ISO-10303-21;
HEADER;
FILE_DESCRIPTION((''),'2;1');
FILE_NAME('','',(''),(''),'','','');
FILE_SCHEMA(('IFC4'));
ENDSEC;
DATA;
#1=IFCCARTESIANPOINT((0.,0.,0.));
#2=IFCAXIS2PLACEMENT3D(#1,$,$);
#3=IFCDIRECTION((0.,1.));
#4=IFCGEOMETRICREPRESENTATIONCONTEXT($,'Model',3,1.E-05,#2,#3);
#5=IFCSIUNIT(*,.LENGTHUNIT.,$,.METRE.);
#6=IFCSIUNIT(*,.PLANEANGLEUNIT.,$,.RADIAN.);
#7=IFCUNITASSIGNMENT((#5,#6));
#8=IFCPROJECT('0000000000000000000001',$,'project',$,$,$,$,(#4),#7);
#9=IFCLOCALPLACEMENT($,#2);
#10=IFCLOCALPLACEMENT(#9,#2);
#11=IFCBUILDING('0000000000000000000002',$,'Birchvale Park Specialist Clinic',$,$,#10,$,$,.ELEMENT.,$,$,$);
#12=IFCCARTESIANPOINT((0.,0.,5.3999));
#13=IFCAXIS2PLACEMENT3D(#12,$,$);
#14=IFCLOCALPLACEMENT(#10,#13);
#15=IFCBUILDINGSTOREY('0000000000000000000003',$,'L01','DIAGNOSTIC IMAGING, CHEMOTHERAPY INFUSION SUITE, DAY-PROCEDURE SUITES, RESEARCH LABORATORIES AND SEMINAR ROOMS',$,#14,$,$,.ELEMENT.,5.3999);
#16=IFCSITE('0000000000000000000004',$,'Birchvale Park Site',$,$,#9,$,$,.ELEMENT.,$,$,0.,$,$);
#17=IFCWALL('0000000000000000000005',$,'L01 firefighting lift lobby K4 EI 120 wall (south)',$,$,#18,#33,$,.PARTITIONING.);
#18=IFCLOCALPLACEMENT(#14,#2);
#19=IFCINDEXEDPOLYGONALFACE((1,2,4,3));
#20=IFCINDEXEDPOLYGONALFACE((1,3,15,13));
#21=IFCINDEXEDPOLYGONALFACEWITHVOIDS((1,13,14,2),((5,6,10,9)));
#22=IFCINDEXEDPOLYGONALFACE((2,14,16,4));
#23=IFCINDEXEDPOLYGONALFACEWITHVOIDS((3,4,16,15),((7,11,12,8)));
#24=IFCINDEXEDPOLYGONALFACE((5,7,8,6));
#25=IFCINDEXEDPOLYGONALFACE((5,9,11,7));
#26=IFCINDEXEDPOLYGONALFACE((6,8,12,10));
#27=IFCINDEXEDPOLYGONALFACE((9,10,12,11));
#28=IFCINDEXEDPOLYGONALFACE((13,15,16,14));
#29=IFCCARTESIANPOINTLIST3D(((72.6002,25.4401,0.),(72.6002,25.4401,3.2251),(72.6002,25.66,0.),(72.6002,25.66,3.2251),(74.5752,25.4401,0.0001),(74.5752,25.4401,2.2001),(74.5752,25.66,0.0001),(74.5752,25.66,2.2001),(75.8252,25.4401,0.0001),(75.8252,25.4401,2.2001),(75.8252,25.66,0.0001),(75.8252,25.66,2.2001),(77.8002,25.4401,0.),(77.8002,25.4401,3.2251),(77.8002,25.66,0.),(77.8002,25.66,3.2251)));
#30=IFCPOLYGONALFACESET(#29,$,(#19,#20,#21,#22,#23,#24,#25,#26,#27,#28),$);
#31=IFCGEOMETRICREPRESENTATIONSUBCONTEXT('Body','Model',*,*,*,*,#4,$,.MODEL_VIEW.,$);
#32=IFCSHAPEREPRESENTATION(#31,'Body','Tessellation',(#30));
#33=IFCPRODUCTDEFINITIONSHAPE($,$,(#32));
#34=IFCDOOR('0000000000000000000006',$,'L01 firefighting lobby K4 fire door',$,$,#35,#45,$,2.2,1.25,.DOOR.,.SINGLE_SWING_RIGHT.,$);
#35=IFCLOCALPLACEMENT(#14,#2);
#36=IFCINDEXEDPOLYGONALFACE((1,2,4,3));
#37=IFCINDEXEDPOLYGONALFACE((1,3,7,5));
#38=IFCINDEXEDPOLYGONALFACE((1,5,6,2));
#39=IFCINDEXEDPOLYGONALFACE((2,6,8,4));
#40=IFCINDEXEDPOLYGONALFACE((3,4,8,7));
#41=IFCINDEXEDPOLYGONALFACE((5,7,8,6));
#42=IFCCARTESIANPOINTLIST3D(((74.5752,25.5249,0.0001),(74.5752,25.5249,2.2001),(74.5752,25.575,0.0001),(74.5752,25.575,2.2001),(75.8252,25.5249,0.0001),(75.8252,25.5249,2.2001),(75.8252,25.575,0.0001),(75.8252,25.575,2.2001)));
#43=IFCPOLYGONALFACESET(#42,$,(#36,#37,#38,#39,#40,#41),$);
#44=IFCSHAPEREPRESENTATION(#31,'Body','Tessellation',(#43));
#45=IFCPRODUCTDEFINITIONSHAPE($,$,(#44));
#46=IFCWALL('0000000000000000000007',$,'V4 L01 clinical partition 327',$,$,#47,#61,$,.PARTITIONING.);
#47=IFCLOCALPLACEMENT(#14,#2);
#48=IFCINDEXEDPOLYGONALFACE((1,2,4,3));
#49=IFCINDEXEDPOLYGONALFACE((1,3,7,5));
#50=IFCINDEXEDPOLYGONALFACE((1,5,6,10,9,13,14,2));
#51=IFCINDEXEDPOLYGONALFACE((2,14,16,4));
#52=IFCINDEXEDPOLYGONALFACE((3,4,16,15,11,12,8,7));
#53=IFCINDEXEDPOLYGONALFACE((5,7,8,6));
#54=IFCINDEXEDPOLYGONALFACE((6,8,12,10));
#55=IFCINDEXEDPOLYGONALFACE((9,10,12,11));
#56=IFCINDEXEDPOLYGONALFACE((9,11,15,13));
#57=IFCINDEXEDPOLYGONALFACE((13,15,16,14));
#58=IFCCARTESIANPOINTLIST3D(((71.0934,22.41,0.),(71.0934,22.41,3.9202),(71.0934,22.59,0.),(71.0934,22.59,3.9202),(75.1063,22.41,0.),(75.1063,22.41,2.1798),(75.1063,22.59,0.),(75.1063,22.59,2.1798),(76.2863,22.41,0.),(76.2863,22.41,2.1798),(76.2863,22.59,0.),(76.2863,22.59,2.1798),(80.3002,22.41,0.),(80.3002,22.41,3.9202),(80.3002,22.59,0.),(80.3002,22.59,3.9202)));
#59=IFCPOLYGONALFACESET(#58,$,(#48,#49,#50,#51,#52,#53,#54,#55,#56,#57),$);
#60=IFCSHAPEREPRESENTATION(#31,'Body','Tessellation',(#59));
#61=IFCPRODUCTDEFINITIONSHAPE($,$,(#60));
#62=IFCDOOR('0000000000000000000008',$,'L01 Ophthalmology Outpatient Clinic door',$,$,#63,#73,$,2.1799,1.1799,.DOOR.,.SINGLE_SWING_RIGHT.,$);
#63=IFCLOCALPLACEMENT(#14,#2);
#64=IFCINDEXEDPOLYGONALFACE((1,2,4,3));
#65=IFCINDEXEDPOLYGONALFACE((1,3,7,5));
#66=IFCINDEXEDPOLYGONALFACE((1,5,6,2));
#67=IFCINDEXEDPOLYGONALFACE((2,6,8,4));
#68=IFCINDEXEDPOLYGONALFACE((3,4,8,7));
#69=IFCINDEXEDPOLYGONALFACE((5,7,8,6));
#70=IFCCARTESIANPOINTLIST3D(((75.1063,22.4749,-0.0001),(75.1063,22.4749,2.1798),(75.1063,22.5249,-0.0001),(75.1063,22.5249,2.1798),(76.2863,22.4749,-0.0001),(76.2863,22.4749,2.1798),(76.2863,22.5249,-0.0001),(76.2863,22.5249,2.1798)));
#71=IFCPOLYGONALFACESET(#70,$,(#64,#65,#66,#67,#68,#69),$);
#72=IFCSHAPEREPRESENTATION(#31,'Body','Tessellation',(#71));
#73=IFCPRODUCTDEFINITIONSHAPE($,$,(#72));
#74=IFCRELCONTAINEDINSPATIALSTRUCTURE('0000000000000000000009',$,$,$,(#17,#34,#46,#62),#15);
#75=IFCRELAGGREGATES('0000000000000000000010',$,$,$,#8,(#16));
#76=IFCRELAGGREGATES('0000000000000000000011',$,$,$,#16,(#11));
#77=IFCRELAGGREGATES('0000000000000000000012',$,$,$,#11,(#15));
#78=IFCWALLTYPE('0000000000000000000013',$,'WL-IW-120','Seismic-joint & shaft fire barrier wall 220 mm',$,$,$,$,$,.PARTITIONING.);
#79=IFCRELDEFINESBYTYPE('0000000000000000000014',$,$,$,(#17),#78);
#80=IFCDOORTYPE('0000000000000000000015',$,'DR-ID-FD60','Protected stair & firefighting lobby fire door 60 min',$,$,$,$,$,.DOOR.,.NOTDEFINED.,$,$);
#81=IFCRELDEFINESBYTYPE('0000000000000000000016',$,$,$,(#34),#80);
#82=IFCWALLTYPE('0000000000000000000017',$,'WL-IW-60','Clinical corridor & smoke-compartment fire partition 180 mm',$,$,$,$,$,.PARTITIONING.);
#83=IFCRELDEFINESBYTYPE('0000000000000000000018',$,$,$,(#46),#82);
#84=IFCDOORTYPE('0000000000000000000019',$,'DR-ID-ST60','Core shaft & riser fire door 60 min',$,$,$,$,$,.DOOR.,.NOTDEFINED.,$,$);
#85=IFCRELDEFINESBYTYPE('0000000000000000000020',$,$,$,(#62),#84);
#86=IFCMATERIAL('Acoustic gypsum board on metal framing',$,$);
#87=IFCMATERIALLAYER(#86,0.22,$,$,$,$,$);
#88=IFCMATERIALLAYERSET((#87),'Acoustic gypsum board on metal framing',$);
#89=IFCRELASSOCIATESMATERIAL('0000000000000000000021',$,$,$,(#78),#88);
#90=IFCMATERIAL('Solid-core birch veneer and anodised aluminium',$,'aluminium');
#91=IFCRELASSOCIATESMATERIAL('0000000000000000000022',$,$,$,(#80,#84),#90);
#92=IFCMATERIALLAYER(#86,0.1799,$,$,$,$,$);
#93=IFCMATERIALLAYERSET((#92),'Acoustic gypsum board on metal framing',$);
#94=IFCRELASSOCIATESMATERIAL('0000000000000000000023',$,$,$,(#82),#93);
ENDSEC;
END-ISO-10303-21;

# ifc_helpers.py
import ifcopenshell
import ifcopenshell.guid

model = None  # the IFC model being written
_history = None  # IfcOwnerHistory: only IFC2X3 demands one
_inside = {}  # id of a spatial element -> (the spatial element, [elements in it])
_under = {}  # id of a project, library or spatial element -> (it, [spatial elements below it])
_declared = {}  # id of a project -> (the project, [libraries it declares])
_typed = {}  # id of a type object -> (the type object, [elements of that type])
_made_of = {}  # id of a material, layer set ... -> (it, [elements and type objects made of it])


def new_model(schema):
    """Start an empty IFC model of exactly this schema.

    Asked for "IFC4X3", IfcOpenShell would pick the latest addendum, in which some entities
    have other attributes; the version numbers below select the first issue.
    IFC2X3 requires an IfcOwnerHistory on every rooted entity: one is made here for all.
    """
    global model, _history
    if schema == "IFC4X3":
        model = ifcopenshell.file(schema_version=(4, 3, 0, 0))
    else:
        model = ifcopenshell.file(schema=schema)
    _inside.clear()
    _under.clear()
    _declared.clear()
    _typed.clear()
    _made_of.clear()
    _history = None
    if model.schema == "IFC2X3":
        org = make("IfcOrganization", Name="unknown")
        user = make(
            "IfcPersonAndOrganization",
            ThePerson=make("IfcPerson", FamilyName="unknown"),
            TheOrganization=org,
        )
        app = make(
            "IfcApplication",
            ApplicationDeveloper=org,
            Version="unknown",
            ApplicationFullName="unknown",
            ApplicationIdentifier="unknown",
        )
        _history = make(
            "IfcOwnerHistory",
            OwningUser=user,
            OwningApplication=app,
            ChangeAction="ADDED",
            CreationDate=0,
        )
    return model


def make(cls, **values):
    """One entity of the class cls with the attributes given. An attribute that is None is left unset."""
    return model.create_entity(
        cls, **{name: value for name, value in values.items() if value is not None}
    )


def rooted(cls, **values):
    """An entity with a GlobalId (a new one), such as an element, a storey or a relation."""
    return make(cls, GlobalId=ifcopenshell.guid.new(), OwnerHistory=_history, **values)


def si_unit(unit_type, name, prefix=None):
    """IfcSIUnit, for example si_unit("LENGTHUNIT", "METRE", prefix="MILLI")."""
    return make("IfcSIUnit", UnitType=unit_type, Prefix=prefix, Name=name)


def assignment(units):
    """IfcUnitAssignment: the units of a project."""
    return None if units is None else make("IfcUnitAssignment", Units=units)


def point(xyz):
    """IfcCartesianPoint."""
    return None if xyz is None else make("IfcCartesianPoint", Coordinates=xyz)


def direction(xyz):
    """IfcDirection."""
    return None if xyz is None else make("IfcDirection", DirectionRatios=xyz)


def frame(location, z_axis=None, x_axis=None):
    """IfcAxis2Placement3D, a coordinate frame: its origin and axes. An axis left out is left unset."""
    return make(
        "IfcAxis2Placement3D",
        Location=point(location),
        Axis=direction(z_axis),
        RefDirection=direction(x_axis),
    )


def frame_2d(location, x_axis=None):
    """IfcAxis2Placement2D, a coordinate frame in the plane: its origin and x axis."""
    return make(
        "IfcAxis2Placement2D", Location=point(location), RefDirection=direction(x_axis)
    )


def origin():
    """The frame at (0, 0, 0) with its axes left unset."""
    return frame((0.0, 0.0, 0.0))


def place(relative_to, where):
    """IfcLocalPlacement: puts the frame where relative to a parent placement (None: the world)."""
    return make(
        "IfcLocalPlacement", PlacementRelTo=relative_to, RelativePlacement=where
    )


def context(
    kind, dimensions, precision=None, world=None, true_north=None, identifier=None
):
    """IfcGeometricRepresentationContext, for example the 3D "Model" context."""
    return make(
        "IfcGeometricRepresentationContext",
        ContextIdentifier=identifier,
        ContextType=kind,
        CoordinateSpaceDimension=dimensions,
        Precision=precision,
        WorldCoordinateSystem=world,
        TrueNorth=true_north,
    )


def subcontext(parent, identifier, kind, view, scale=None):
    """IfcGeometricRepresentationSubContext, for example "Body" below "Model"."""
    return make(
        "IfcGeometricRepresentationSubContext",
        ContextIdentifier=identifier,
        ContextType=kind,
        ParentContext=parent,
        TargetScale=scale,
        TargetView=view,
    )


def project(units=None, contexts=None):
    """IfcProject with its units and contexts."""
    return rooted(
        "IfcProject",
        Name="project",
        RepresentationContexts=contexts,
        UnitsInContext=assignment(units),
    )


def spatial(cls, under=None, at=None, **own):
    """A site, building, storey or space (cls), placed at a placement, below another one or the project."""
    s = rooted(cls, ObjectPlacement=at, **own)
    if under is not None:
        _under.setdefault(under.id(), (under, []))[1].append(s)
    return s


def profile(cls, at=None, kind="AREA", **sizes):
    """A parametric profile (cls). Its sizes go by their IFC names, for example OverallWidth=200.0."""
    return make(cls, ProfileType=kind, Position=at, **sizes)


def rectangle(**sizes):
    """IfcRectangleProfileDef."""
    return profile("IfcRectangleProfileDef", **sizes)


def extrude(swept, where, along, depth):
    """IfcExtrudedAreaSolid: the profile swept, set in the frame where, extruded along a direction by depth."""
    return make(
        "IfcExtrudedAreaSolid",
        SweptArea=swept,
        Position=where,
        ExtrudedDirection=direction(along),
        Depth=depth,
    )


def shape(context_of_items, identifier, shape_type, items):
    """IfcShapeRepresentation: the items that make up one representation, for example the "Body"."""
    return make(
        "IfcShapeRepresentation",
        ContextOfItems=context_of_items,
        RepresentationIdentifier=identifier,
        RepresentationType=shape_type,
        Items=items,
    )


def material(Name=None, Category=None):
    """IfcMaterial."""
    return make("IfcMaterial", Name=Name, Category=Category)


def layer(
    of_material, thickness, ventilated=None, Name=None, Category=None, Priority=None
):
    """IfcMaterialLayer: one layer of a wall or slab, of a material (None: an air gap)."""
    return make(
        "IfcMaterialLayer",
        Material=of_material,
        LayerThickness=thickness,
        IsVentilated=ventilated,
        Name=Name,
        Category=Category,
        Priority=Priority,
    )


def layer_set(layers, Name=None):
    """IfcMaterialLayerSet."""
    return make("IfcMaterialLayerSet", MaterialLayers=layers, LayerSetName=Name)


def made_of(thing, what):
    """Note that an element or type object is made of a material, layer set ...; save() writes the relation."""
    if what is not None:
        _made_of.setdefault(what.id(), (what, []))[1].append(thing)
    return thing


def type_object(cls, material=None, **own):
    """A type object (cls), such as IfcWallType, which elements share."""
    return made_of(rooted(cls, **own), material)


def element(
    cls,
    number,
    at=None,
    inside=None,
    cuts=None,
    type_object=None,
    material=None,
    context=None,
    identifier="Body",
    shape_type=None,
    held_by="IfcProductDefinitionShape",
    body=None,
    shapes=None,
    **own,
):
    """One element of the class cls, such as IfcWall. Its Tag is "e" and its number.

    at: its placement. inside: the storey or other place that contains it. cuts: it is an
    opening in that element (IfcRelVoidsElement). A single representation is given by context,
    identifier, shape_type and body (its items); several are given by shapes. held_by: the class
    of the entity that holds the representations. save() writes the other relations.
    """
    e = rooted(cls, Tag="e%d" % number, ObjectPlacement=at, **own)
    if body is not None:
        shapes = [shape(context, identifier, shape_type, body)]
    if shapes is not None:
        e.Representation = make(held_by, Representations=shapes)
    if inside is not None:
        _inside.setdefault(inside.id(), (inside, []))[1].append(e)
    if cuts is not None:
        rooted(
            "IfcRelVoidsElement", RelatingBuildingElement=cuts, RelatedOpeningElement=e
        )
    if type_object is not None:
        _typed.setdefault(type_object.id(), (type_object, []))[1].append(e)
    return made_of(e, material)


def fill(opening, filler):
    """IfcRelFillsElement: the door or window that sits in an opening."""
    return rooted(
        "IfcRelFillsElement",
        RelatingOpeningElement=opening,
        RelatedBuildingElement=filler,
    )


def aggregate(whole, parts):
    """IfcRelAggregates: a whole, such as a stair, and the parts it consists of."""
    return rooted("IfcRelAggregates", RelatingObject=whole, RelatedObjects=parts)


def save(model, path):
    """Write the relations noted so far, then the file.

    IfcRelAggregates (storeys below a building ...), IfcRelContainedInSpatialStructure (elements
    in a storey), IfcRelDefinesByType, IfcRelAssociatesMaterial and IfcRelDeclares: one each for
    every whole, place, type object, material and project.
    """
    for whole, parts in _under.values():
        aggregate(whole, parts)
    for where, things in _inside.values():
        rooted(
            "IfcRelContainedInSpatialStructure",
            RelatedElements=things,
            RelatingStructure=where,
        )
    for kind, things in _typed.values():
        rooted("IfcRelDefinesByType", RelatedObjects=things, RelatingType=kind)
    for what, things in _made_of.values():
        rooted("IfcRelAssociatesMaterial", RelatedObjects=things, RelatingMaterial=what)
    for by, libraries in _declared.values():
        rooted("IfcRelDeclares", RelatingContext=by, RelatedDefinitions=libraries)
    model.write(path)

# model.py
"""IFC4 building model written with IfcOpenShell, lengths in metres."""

from ifc_helpers import new_model, si_unit, direction, frame, frame_2d, origin, place, context, subcontext, project, spatial, rectangle, extrude, material, layer, layer_set, type_object, element, fill, save


model = new_model("IFC4")

# Units and contexts
model_context = context("Model", 3, precision=1e-05, world=origin(), true_north=direction((0.0, 1.0)))
body_context = subcontext(model_context, "Body", "Model", "MODEL_VIEW")
ifc_project = project(units=[si_unit("LENGTHUNIT", "METRE"), si_unit("PLANEANGLEUNIT", "RADIAN")], contexts=[model_context])

# Site, building, storey
site_placement = place(None, origin())
site = spatial("IfcSite", under=ifc_project, at=site_placement, Name="Birchvale Park Site", CompositionType="ELEMENT", RefElevation=0.0)
building_placement = place(site_placement, origin())
building = spatial("IfcBuilding", under=site, at=building_placement, Name="Birchvale Park Specialist Clinic", CompositionType="ELEMENT")
storey_placement = place(building_placement, frame((0.0, 0.0, 5.3999)))
storey = spatial("IfcBuildingStorey", under=building, at=storey_placement, Name="L01", Description="DIAGNOSTIC IMAGING, CHEMOTHERAPY INFUSION SUITE, DAY-PROCEDURE SUITES, RESEARCH LABORATORIES AND SEMINAR ROOMS", CompositionType="ELEMENT", Elevation=5.3999)

# Shared definitions
ifc_material_1 = material(Name="Solid-core birch veneer and anodised aluminium", Category="aluminium")

# Shared definitions
ifc_material_2 = material(Name="Acoustic gypsum board on metal framing")

# Walls, openings, doors
ifc_layer_1 = layer(ifc_material_2, 0.22)
ifc_layer_set_1 = layer_set([ifc_layer_1], Name="Acoustic gypsum board on metal framing")
wall_type_1 = type_object("IfcWallType", Name="WL-IW-120", Description="Seismic-joint & shaft fire barrier wall 220 mm", PredefinedType="PARTITIONING", material=ifc_layer_set_1)
wall_1_placement = place(storey_placement, frame((72.6001, 25.55, 0.0), z_axis=(0.0, 0.0, 1.0), x_axis=(1.0, 0.0, 0.0)))
wall_1 = element("IfcWall", 1, at=wall_1_placement, inside=storey, type_object=wall_type_1, Name="L01 firefighting lift lobby K4 EI 120 wall (south)", PredefinedType="PARTITIONING", context=body_context, shape_type="SweptSolid", body=[
    extrude(rectangle(XDim=5.2, YDim=0.22, at=frame_2d((2.6001, 0.0))), origin(), (0.0, 0.0, 1.0), 3.2251),
])
opening_1_placement = place(wall_1_placement, frame((1.9751, 0.0, 0.0)))
opening_1 = element("IfcOpeningElement", 2, at=opening_1_placement, cuts=wall_1, PredefinedType="OPENING", context=body_context, shape_type="SweptSolid", body=[
    extrude(rectangle(XDim=1.25, YDim=2.2, at=frame_2d((0.625, 1.1001))), frame((0.0, 0.1201, 0.0), z_axis=(0.0, -1.0, 0.0), x_axis=(1.0, 0.0, 0.0)), (0.0, 0.0, 1.0), 0.24),
])
door_type_1 = type_object("IfcDoorType", Name="DR-ID-FD60", Description="Protected stair & firefighting lobby fire door 60 min", OperationType="NOTDEFINED", PredefinedType="DOOR", material=ifc_material_1)
door_1_placement = place(opening_1_placement, origin())
door_1 = element("IfcDoor", 3, at=door_1_placement, inside=storey, type_object=door_type_1, Name="L01 firefighting lobby K4 fire door", OperationType="SINGLE_SWING_RIGHT", OverallHeight=2.2, OverallWidth=1.25, PredefinedType="DOOR", context=body_context, shape_type="SweptSolid", body=[
    extrude(rectangle(XDim=1.25, YDim=2.2, at=frame_2d((0.625, 1.1001))), frame((0.0, 0.0249, 0.0), z_axis=(0.0, -1.0, 0.0), x_axis=(1.0, 0.0, 0.0)), (0.0, 0.0, 1.0), 0.05),
])
fill(opening_1, door_1)
ifc_layer_2 = layer(ifc_material_2, 0.1799)
ifc_layer_set_2 = layer_set([ifc_layer_2], Name="Acoustic gypsum board on metal framing")
wall_type_2 = type_object("IfcWallType", Name="WL-IW-60", Description="Clinical corridor & smoke-compartment fire partition 180 mm", PredefinedType="PARTITIONING", material=ifc_layer_set_2)
wall_2_placement = place(storey_placement, frame((71.0933, 22.5, 0.0), z_axis=(0.0, 0.0, 1.0), x_axis=(1.0, 0.0, 0.0)))
wall_2 = element("IfcWall", 4, at=wall_2_placement, inside=storey, type_object=wall_type_2, Name="V4 L01 clinical partition 327", PredefinedType="PARTITIONING", context=body_context, shape_type="SweptSolid", body=[
    extrude(rectangle(XDim=9.2068, YDim=0.1799, at=frame_2d((4.6035, 0.0))), origin(), (0.0, 0.0, 1.0), 3.9202),
])
opening_2_placement = place(wall_2_placement, frame((4.0132, 0.0, 0.0)))
opening_2 = element("IfcOpeningElement", 5, at=opening_2_placement, cuts=wall_2, PredefinedType="OPENING", context=body_context, shape_type="SweptSolid", body=[
    extrude(rectangle(XDim=1.1799, YDim=2.1799, at=frame_2d((0.5898, 1.0898))), frame((0.0, 0.1001, 0.0), z_axis=(0.0, -1.0, 0.0), x_axis=(1.0, 0.0, 0.0)), (0.0, 0.0, 1.0), 0.2),
])
door_type_2 = type_object("IfcDoorType", Name="DR-ID-ST60", Description="Core shaft & riser fire door 60 min", OperationType="NOTDEFINED", PredefinedType="DOOR", material=ifc_material_1)
door_2_placement = place(opening_2_placement, origin())
door_2 = element("IfcDoor", 6, at=door_2_placement, inside=storey, type_object=door_type_2, Name="L01 Ophthalmology Outpatient Clinic door", OperationType="SINGLE_SWING_RIGHT", OverallHeight=2.1799, OverallWidth=1.1799, PredefinedType="DOOR", context=body_context, shape_type="SweptSolid", body=[
    extrude(rectangle(XDim=1.1799, YDim=2.1799, at=frame_2d((0.5898, 1.0898))), frame((0.0, 0.0249, 0.0), z_axis=(0.0, -1.0, 0.0), x_axis=(1.0, 0.0, 0.0)), (0.0, 0.0, 1.0), 0.05),
])
fill(opening_2, door_2)

save(model, "model.ifc")
